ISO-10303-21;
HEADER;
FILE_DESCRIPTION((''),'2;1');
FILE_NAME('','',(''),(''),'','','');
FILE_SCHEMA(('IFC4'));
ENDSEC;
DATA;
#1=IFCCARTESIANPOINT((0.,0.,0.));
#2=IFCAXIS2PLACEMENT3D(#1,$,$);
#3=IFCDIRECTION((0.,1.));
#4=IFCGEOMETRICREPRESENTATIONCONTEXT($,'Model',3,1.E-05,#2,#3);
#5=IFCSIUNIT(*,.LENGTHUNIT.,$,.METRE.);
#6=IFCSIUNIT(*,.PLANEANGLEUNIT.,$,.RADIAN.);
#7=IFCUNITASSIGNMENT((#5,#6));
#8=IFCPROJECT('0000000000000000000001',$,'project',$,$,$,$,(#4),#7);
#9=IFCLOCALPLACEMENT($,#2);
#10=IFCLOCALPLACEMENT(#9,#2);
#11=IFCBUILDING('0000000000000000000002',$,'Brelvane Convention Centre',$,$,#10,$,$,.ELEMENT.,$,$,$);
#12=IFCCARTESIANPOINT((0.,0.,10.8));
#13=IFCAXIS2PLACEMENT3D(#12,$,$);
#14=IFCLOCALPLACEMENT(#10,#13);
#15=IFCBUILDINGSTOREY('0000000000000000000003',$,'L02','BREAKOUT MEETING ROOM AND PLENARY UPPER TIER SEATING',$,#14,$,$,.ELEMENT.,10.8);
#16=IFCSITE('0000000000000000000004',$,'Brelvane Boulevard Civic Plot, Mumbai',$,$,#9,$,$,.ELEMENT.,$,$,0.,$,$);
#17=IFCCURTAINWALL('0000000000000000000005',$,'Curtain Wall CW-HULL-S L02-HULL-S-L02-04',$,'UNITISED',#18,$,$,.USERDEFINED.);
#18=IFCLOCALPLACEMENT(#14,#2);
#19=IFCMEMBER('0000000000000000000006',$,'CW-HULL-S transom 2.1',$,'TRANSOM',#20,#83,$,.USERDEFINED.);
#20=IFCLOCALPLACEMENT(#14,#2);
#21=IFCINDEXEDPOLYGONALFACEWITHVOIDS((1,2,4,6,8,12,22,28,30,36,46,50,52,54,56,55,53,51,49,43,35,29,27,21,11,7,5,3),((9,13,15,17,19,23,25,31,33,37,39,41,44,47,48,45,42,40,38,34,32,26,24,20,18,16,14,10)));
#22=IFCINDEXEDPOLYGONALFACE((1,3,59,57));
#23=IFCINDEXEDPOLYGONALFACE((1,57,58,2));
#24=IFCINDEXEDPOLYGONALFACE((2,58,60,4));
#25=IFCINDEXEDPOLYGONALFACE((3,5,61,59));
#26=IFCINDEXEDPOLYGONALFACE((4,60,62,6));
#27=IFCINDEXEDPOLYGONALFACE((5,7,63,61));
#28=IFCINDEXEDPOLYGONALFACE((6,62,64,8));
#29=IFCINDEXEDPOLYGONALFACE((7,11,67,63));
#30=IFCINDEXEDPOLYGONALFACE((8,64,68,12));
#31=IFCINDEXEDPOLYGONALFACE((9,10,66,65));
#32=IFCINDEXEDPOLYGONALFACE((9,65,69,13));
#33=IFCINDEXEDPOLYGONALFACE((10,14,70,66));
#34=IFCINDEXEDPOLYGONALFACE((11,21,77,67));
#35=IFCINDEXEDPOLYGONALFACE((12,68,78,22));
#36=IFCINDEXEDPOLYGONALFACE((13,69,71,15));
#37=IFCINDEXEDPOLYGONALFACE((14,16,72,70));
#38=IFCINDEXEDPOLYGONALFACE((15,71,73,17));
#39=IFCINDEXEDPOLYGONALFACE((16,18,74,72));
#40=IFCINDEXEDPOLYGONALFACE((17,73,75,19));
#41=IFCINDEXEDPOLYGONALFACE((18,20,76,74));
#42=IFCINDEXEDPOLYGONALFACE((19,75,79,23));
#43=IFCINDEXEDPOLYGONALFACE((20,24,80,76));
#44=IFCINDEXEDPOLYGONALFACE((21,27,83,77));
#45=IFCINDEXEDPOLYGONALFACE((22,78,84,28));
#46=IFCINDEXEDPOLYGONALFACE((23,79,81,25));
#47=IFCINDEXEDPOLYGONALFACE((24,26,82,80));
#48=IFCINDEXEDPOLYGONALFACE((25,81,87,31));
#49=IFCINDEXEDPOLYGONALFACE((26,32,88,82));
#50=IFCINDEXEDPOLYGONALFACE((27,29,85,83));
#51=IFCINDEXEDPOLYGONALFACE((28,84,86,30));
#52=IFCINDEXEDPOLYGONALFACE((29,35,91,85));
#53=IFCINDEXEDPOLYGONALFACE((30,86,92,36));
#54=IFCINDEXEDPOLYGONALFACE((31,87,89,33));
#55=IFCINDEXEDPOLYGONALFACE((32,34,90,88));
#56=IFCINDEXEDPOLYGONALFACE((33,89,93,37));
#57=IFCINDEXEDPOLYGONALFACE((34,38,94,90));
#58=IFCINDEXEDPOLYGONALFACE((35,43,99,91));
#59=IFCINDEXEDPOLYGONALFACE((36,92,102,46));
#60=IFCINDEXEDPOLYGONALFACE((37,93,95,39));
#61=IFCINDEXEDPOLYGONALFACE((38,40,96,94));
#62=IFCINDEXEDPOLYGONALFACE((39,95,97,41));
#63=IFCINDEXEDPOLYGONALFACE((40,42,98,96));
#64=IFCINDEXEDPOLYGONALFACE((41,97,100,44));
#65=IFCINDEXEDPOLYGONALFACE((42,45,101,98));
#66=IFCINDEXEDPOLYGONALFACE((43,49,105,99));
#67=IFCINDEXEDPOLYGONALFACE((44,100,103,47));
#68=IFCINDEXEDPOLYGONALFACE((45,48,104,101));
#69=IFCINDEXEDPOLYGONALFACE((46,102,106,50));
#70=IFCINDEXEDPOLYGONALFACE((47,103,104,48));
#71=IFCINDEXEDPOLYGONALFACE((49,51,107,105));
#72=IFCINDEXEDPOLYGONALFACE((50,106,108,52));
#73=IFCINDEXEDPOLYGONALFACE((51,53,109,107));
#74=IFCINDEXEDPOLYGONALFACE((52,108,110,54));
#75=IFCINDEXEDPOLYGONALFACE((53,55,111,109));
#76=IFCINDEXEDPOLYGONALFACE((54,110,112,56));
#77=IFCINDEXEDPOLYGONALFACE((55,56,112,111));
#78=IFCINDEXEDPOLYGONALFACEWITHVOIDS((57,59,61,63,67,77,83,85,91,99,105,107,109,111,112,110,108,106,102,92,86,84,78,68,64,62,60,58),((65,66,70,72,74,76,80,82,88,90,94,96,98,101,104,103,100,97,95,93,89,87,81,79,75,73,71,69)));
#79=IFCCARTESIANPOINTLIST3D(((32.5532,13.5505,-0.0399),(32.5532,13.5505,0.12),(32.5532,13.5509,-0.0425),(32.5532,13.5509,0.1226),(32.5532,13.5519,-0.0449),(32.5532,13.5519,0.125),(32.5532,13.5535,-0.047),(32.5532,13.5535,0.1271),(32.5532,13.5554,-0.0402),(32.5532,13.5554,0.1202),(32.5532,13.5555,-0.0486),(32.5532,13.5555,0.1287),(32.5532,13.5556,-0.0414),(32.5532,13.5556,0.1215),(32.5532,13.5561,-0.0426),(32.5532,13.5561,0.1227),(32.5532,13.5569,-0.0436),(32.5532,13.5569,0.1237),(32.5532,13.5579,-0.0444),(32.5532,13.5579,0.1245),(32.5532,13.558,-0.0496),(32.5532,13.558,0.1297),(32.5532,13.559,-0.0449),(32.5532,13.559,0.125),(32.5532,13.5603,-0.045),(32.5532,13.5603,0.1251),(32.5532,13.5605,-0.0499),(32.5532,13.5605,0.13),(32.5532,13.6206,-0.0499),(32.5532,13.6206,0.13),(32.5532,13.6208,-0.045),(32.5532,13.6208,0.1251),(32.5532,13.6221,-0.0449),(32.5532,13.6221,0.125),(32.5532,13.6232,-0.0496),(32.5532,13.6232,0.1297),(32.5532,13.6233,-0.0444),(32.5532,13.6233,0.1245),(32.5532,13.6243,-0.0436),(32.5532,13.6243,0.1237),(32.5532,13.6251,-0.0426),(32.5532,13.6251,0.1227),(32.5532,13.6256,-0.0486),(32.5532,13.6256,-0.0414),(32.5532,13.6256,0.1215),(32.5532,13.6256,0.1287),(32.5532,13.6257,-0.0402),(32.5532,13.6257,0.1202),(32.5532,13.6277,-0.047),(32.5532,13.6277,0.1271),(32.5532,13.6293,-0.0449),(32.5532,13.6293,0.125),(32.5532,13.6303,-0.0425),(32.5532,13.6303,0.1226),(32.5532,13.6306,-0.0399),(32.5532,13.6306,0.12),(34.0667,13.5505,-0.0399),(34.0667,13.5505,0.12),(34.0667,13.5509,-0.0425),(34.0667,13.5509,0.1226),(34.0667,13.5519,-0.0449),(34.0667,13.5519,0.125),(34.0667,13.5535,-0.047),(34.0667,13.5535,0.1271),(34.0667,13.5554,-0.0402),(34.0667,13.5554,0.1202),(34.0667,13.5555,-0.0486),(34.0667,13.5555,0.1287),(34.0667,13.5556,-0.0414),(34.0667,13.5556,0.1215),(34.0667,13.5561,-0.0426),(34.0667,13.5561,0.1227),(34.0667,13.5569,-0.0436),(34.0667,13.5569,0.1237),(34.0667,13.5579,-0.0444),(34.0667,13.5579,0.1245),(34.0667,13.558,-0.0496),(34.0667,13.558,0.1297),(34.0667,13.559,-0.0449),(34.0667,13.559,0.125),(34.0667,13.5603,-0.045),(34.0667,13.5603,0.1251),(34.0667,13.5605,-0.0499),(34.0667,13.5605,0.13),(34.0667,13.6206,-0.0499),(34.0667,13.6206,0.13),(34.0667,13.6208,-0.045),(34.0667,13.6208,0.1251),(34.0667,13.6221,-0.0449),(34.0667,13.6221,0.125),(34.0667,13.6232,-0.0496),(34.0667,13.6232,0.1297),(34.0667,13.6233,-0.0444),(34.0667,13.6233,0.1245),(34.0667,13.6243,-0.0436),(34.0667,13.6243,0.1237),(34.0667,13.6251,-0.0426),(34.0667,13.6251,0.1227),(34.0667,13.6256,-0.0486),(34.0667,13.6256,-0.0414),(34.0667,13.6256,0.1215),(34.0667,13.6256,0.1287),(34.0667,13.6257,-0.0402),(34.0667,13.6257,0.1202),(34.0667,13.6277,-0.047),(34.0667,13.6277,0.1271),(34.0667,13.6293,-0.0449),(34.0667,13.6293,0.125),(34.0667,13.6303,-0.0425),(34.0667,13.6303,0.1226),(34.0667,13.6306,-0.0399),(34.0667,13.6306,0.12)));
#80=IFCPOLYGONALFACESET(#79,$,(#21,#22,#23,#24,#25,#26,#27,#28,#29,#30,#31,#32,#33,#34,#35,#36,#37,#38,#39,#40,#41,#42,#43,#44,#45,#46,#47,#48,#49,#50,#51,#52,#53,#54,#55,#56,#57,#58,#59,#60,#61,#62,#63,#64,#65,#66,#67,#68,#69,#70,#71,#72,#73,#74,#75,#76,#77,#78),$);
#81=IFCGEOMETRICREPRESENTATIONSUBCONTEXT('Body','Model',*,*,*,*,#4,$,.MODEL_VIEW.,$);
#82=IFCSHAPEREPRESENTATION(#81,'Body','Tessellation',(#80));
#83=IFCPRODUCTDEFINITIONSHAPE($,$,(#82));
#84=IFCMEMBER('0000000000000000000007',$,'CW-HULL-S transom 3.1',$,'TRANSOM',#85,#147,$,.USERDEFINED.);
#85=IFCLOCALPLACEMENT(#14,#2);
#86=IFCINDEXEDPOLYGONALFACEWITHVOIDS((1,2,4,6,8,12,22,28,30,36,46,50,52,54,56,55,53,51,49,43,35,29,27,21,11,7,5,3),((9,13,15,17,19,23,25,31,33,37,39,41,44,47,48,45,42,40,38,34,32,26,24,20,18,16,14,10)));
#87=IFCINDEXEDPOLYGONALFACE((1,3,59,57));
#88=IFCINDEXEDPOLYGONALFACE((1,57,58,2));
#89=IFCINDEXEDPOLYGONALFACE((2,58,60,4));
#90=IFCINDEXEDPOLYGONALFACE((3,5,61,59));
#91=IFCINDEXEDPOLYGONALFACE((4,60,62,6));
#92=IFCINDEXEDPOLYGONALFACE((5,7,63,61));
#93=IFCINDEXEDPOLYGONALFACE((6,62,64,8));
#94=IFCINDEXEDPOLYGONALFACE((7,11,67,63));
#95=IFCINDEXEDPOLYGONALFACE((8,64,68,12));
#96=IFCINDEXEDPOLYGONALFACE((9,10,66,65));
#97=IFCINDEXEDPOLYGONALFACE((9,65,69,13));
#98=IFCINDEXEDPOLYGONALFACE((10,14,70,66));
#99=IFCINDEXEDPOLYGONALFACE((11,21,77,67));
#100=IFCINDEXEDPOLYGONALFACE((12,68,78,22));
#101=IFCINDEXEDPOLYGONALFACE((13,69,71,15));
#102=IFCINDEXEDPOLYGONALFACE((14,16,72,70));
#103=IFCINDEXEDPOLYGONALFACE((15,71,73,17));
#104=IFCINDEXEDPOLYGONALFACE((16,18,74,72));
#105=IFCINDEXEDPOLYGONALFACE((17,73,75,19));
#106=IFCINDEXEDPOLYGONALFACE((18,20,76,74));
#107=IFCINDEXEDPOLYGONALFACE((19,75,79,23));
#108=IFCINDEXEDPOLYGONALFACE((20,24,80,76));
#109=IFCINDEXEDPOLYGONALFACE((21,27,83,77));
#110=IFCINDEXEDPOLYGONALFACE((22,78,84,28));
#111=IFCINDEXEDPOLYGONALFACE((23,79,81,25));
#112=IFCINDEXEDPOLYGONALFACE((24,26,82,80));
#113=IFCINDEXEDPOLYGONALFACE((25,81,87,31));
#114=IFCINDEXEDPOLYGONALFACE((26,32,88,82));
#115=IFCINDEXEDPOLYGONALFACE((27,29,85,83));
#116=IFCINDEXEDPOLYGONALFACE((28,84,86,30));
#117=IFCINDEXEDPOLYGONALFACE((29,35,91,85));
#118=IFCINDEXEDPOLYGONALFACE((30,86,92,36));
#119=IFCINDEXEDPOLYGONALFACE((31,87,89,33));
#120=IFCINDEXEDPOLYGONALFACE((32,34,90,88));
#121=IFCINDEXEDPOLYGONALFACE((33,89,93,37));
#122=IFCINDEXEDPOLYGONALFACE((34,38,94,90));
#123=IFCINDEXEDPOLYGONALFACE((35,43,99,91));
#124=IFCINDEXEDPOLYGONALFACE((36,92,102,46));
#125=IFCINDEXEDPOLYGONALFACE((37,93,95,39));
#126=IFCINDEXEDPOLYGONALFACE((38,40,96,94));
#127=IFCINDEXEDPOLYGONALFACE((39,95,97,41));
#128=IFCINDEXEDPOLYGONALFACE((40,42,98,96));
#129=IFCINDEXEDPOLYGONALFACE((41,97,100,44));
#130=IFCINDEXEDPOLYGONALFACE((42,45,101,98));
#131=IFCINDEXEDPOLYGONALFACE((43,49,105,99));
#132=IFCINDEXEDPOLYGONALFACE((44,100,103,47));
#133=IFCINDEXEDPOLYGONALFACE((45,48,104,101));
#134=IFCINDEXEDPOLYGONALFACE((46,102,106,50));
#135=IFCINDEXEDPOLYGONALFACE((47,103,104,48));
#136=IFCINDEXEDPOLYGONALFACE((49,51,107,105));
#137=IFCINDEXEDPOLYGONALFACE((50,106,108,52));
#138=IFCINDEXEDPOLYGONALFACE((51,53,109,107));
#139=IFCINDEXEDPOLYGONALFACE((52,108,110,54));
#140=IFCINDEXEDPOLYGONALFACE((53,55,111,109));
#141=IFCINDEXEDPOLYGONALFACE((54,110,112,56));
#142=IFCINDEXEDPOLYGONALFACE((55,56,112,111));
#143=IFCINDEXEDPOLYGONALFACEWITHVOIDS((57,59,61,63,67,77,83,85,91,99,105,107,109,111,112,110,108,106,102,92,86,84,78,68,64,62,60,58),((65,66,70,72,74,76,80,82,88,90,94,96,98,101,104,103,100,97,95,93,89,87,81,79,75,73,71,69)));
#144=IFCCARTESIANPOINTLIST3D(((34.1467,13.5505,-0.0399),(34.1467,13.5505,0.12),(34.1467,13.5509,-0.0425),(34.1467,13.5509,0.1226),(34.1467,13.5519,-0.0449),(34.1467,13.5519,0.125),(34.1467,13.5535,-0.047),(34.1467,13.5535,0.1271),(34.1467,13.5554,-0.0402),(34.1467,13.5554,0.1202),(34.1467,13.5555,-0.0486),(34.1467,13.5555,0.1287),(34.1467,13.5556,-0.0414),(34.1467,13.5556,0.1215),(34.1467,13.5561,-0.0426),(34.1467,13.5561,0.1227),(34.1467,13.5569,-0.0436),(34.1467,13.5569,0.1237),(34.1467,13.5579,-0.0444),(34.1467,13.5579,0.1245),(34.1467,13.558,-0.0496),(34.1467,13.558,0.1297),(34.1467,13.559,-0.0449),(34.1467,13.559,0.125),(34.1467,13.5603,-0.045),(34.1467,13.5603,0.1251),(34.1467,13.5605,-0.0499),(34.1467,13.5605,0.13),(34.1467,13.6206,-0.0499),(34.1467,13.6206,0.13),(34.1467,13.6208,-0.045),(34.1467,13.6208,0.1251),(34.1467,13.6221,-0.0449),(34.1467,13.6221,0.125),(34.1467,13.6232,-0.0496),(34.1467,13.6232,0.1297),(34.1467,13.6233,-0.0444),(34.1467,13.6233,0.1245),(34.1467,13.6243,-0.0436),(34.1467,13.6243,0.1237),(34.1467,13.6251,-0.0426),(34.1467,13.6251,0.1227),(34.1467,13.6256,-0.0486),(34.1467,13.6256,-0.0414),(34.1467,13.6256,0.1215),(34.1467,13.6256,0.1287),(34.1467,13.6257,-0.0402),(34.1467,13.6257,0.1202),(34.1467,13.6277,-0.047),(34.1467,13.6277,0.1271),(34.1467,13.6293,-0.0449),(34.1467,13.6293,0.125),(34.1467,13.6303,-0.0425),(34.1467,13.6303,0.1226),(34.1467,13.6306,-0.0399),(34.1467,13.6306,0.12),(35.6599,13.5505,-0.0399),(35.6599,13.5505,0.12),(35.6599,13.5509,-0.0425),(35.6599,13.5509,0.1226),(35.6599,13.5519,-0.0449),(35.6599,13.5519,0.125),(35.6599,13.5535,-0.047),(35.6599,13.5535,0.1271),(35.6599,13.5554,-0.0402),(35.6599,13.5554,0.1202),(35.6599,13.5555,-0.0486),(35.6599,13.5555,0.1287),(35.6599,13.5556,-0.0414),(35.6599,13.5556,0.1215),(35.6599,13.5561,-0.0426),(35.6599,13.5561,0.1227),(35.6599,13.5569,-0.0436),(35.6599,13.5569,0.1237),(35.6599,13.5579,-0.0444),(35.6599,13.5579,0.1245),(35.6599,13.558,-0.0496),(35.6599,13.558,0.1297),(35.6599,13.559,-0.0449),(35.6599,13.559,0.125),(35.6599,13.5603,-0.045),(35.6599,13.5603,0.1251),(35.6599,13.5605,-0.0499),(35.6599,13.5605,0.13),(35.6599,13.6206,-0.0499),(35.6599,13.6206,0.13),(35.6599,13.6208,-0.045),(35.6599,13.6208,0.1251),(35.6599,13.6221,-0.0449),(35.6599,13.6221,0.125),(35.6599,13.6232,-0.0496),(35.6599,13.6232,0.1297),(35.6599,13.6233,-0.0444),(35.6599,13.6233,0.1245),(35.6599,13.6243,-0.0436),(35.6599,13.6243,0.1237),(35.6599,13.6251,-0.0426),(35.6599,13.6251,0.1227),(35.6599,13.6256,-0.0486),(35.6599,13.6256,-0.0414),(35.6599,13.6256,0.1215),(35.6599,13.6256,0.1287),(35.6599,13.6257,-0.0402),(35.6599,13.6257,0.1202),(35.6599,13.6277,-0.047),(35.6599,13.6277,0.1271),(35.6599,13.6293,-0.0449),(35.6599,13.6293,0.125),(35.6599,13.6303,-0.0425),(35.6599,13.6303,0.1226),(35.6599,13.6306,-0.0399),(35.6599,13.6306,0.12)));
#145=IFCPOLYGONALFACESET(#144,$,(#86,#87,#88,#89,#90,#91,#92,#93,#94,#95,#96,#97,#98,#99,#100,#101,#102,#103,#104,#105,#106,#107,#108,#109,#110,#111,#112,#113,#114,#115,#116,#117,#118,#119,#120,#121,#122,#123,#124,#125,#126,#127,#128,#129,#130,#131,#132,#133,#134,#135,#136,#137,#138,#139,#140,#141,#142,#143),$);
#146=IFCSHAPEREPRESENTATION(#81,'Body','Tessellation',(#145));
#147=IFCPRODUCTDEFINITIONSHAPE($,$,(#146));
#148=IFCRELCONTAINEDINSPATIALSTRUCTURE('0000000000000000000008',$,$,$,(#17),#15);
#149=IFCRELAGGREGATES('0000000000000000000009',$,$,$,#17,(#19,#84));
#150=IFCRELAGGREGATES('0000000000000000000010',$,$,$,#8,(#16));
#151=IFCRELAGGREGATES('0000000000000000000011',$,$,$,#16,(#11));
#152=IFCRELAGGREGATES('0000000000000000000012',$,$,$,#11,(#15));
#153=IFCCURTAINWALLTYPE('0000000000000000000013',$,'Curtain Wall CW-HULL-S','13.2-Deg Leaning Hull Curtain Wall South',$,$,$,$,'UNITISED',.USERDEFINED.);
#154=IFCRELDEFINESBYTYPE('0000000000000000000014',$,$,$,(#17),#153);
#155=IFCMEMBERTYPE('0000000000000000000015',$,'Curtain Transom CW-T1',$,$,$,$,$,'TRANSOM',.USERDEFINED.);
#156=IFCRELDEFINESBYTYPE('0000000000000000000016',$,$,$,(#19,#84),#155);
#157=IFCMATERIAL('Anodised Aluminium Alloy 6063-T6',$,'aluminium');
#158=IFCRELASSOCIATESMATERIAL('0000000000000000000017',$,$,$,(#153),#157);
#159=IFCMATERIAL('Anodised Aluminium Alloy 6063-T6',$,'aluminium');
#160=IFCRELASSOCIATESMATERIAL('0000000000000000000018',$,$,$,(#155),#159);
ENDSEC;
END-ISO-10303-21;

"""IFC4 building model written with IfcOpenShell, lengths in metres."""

from ifc_helpers import new_model, si_unit, direction, frame, origin, origin_2d, place, context, subcontext, project, spatial, hollow_rectangle, extrude, material, material_profile, profile_set, type_object, element, aggregate, save


model = new_model("IFC4")

# Units and contexts
model_context = context("Model", 3, precision=1e-05, world=origin(), true_north=direction((0.0, 1.0)))
body_context = subcontext(model_context, "Body", "Model", "MODEL_VIEW")
ifc_project = project(units=[si_unit("LENGTHUNIT", "METRE"), si_unit("PLANEANGLEUNIT", "RADIAN")], contexts=[model_context])

# Site, building, storey
site_placement = place(None, origin())
site = spatial("IfcSite", under=ifc_project, at=site_placement, Name="Brelvane Boulevard Civic Plot, Mumbai", CompositionType="ELEMENT", RefElevation=0.0)
building_placement = place(site_placement, origin())
building = spatial("IfcBuilding", under=site, at=building_placement, Name="Brelvane Convention Centre", CompositionType="ELEMENT")
storey_placement = place(building_placement, frame((0.0, 0.0, 10.8)))
storey = spatial("IfcBuildingStorey", under=building, at=storey_placement, Name="L02", Description="BREAKOUT MEETING ROOM AND PLENARY UPPER TIER SEATING", CompositionType="ELEMENT", Elevation=10.8)

# Shared definitions
ifc_material_1 = material(Name="Anodised Aluminium Alloy 6063-T6", Category="aluminium")
curtain_wall_type = type_object("IfcCurtainWallType", Name="Curtain Wall CW-HULL-S", Description="13.2-Deg Leaning Hull Curtain Wall South", ElementType="UNITISED", PredefinedType="USERDEFINED", material=ifc_material_1)

# Curtain wall, members
curtain_wall_1_placement = place(storey_placement, origin())
curtain_wall_1 = element("IfcCurtainWall", 1, at=curtain_wall_1_placement, inside=storey, type_object=curtain_wall_type, Name="Curtain Wall CW-HULL-S L02-HULL-S-L02-04", ObjectType="UNITISED", PredefinedType="USERDEFINED")
ifc_material_2 = material(Name="Anodised Aluminium Alloy 6063-T6", Category="aluminium")
ifc_material_profile_1 = material_profile(ifc_material_2, hollow_rectangle(XDim=0.0801, YDim=0.1799, WallThickness=0.0049, InnerFilletRadius=0.0049, OuterFilletRadius=0.01, at=origin_2d()), Name="ALU-T 180x80x5.0")
ifc_profile_set_1 = profile_set([ifc_material_profile_1], Name="Anodised Aluminium Alloy 6063-T6")
member_type_1 = type_object("IfcMemberType", Name="Curtain Transom CW-T1", ElementType="TRANSOM", PredefinedType="USERDEFINED", material=ifc_profile_set_1)
member_1_placement = place(storey_placement, frame((32.5532, 13.5906, 0.04), z_axis=(1.0, 0.0, 0.0), x_axis=(0.0, 1.0, 0.0)))
member_1 = element("IfcMember", 2, at=member_1_placement, type_object=member_type_1, Name="CW-HULL-S transom 2.1", ObjectType="TRANSOM", PredefinedType="USERDEFINED", context=body_context, shape_type="SweptSolid", body=[
    extrude(hollow_rectangle(XDim=0.0801, YDim=0.1799, WallThickness=0.0049, InnerFilletRadius=0.0049, OuterFilletRadius=0.01, at=origin_2d()), origin(), (0.0, 0.0, 1.0), 1.5134),
])
member_2_placement = place(storey_placement, frame((34.1467, 13.5906, 0.04), z_axis=(1.0, 0.0, 0.0), x_axis=(0.0, 1.0, 0.0)))
member_2 = element("IfcMember", 3, at=member_2_placement, type_object=member_type_1, Name="CW-HULL-S transom 3.1", ObjectType="TRANSOM", PredefinedType="USERDEFINED", context=body_context, shape_type="SweptSolid", body=[
    extrude(hollow_rectangle(XDim=0.0801, YDim=0.1799, WallThickness=0.0049, InnerFilletRadius=0.0049, OuterFilletRadius=0.01, at=origin_2d()), origin(), (0.0, 0.0, 1.0), 1.5132),
])

aggregate(curtain_wall_1, [member_1, member_2])

save(model, "model.ifc")
